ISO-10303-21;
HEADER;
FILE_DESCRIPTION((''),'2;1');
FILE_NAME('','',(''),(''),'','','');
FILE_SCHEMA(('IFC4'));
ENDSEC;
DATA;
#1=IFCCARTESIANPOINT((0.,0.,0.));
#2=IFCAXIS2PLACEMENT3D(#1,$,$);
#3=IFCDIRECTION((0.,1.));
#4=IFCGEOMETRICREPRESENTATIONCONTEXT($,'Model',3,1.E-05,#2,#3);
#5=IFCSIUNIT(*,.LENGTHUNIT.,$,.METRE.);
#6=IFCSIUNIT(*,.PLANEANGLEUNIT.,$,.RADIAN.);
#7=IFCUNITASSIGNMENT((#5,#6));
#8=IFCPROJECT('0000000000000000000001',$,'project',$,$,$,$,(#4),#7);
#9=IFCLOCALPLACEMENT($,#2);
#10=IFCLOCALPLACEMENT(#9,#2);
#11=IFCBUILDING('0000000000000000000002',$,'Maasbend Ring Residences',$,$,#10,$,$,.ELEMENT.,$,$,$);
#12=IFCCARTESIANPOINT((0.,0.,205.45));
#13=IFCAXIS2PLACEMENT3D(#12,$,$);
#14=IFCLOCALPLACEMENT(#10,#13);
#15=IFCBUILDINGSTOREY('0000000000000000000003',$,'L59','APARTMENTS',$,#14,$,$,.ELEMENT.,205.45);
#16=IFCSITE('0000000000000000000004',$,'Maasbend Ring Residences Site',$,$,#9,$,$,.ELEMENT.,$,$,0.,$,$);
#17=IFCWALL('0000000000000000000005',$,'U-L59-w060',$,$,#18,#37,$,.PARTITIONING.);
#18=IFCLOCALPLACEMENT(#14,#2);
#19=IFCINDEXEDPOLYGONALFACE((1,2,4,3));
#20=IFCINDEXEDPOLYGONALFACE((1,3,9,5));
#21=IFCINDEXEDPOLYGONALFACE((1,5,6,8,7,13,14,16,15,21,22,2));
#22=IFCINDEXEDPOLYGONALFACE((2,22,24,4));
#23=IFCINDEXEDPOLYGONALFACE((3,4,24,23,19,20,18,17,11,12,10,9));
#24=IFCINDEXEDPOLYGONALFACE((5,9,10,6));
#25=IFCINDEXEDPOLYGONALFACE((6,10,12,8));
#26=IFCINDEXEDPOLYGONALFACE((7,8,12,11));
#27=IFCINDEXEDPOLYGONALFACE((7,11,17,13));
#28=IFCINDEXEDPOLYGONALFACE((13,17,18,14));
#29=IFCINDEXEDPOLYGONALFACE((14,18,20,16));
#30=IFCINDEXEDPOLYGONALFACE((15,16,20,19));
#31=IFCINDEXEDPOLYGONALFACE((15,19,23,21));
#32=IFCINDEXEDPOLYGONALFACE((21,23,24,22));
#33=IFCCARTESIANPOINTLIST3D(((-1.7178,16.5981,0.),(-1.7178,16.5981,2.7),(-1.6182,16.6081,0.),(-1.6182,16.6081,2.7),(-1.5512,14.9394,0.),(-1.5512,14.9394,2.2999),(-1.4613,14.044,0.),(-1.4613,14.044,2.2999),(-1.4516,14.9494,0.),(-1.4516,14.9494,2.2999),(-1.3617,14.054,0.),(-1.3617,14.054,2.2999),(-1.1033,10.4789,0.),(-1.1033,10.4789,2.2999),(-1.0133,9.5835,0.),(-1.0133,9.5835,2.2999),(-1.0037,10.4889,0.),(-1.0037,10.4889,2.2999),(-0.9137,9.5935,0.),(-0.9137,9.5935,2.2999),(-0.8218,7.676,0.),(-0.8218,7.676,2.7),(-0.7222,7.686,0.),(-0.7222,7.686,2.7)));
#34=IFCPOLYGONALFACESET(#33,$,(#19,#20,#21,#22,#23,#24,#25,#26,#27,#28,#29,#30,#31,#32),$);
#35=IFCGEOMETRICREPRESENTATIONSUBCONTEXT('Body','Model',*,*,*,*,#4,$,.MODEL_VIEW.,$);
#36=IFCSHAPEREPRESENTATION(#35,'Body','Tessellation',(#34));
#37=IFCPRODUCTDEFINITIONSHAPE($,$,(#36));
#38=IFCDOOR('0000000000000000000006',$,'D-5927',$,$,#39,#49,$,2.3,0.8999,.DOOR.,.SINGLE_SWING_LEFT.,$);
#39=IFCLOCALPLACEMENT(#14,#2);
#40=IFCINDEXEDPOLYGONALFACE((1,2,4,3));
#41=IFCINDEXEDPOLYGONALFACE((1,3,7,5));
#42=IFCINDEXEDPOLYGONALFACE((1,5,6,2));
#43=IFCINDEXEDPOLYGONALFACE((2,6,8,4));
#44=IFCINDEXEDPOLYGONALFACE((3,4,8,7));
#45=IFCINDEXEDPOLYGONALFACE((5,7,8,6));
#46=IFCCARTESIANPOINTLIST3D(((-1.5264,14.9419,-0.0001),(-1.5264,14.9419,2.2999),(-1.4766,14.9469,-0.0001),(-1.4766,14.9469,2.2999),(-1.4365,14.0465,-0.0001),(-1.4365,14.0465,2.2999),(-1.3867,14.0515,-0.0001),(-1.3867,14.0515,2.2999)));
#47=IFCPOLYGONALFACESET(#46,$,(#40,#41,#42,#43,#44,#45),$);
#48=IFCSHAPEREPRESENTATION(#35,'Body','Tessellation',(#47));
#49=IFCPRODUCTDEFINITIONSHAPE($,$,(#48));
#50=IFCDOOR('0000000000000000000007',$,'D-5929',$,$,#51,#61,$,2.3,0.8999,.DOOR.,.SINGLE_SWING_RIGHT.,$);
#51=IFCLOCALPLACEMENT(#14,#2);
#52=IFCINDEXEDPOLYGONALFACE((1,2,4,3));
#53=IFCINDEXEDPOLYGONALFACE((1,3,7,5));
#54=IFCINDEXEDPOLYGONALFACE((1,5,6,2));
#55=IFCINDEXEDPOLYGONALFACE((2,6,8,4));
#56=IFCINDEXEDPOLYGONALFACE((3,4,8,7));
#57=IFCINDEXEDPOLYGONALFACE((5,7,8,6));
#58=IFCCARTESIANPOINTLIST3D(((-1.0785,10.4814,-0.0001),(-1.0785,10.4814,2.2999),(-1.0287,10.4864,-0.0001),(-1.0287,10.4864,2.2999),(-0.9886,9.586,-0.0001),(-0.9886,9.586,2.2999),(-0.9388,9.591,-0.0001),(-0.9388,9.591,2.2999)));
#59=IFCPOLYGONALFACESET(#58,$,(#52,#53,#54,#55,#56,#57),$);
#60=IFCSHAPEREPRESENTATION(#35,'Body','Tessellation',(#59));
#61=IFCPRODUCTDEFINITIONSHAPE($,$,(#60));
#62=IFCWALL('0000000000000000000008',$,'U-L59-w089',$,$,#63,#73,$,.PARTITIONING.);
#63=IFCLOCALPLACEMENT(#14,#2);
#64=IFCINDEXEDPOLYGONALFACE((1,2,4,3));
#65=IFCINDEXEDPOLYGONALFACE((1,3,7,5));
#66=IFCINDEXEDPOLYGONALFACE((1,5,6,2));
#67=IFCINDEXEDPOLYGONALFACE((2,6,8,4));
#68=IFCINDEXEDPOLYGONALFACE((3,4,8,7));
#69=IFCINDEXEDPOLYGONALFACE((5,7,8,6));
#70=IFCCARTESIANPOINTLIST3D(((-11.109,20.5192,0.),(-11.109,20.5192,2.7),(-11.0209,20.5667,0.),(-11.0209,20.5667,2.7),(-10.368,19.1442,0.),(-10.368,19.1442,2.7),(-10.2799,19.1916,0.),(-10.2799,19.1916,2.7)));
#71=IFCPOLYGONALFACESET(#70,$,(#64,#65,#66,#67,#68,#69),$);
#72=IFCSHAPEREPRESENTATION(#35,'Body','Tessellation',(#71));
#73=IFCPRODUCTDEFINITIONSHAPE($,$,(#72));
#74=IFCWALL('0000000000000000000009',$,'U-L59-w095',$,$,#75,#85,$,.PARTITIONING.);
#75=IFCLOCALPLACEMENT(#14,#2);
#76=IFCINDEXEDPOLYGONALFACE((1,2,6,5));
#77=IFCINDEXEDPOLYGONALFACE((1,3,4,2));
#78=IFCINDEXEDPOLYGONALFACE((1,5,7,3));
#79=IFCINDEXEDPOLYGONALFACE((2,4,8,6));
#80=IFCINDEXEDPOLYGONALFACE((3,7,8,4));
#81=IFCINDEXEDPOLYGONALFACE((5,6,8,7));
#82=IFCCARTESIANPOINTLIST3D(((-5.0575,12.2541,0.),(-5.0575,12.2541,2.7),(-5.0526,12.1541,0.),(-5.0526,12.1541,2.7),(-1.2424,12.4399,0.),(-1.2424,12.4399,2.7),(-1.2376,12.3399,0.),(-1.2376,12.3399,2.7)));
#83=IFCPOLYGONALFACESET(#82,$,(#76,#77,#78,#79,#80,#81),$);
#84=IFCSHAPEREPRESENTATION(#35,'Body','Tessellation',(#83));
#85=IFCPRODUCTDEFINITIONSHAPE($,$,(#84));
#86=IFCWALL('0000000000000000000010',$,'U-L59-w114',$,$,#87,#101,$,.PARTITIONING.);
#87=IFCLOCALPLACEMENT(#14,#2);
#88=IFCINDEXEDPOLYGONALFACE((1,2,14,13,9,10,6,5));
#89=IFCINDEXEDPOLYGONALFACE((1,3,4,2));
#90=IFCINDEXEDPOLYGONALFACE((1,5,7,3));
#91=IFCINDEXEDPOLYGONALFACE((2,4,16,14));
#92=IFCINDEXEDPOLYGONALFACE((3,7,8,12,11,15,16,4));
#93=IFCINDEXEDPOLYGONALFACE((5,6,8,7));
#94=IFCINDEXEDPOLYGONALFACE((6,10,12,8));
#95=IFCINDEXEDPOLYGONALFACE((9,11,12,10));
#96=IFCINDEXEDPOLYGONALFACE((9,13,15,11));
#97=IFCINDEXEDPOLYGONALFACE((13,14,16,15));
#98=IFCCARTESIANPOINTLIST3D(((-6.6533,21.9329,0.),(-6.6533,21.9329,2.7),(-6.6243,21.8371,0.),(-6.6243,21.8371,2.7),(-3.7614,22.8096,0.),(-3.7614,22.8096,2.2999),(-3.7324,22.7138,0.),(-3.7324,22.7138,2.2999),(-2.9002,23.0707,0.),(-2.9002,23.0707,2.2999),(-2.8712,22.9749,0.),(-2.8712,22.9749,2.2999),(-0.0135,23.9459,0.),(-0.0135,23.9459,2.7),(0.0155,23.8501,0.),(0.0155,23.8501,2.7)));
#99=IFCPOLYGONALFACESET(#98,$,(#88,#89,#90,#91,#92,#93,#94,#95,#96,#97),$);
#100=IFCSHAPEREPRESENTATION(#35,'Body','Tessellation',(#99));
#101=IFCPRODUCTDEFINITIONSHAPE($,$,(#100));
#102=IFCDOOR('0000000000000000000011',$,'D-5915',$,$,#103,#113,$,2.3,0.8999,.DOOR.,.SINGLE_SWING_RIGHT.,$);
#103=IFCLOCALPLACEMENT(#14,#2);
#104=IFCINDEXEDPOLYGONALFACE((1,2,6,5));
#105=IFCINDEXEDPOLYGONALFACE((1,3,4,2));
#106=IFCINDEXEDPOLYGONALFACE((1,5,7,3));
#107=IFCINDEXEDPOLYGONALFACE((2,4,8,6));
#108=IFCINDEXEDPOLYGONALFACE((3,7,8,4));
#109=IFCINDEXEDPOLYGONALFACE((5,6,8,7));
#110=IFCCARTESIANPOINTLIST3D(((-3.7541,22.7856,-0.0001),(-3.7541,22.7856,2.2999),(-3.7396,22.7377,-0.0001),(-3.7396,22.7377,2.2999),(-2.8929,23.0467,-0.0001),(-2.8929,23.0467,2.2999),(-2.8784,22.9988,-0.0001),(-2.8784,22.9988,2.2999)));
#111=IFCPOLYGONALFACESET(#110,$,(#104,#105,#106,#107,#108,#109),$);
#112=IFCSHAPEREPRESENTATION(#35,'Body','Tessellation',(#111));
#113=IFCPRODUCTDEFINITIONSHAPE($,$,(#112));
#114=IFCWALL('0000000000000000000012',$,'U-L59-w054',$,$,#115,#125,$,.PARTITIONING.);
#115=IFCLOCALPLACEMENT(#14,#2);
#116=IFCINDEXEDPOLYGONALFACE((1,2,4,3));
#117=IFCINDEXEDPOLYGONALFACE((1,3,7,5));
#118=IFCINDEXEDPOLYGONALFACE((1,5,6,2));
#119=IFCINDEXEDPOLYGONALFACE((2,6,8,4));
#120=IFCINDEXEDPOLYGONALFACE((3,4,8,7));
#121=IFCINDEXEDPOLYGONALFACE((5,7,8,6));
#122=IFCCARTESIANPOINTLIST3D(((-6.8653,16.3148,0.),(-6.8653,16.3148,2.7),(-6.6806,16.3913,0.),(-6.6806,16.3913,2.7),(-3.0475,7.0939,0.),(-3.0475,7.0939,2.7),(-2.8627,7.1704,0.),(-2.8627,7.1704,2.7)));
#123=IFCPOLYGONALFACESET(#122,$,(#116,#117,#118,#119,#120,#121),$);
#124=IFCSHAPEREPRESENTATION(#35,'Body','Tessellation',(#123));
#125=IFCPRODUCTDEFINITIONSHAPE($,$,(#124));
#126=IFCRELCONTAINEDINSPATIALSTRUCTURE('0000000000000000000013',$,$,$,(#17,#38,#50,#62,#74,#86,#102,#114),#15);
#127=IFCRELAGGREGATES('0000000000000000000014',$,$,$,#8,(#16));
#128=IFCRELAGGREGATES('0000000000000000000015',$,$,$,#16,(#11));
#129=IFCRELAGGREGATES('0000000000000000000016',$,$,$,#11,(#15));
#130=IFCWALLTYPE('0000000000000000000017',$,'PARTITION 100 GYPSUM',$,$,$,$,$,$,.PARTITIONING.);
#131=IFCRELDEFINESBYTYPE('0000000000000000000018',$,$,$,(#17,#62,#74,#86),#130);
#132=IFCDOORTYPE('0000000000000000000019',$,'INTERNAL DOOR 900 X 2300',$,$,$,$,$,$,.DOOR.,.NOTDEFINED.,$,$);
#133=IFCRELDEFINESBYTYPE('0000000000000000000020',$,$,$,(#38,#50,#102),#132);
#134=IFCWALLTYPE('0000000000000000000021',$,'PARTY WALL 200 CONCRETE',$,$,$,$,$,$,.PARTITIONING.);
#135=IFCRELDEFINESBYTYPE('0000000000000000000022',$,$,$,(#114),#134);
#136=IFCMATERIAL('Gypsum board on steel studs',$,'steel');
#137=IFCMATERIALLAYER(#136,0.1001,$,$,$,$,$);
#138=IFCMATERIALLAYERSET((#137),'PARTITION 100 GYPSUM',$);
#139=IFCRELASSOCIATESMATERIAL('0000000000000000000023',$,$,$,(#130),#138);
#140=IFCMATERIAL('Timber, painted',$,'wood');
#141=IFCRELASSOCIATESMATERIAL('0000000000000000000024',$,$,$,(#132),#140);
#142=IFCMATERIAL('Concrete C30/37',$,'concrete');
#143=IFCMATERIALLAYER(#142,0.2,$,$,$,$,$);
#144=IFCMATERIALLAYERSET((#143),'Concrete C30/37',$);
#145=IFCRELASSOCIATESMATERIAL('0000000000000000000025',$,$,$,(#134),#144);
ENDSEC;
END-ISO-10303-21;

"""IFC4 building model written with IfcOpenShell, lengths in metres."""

from ifc_helpers import new_model, si_unit, direction, frame, frame_2d, origin, place, context, subcontext, project, spatial, rectangle, extrude, material, layer, layer_set, type_object, element, fill, save


model = new_model("IFC4")

# Units and contexts
model_context = context("Model", 3, precision=1e-05, world=origin(), true_north=direction((0.0, 1.0)))
body_context = subcontext(model_context, "Body", "Model", "MODEL_VIEW")
ifc_project = project(units=[si_unit("LENGTHUNIT", "METRE"), si_unit("PLANEANGLEUNIT", "RADIAN")], contexts=[model_context])

# Site, building, storey
site_placement = place(None, origin())
site = spatial("IfcSite", under=ifc_project, at=site_placement, Name="Maasbend Ring Residences Site", CompositionType="ELEMENT", RefElevation=0.0)
building_placement = place(site_placement, origin())
building = spatial("IfcBuilding", under=site, at=building_placement, Name="Maasbend Ring Residences", CompositionType="ELEMENT")
storey_placement = place(building_placement, frame((0.0, 0.0, 205.45)))
storey = spatial("IfcBuildingStorey", under=building, at=storey_placement, Name="L59", Description="APARTMENTS", CompositionType="ELEMENT", Elevation=205.45)

# Shared definitions
ifc_material_1 = material(Name="Gypsum board on steel studs", Category="steel")
ifc_layer_1 = layer(ifc_material_1, 0.1001)
ifc_layer_set_1 = layer_set([ifc_layer_1], Name="PARTITION 100 GYPSUM")
wall_type_1 = type_object("IfcWallType", Name="PARTITION 100 GYPSUM", PredefinedType="PARTITIONING", material=ifc_layer_set_1)
ifc_material_2 = material(Name="Timber, painted", Category="wood")
door_type_1 = type_object("IfcDoorType", Name="INTERNAL DOOR 900 X 2300", OperationType="NOTDEFINED", PredefinedType="DOOR", material=ifc_material_2)

# Wall, openings, doors
wall_1_placement = place(storey_placement, frame((-1.668, 16.603, 0.0), z_axis=(0.0, 0.0, 1.0), x_axis=(0.099922, -0.994995, 0.0)))
wall_1 = element("IfcWall", 1, at=wall_1_placement, inside=storey, type_object=wall_type_1, Name="U-L59-w060", PredefinedType="PARTITIONING", context=body_context, shape_type="SweptSolid", body=[
    extrude(rectangle(XDim=8.967, YDim=0.1001, at=frame_2d((4.4834, 0.0))), origin(), (0.0, 0.0, 1.0), 2.7),
])
opening_1_placement = place(wall_1_placement, frame((1.667, 0.0, 0.0)))
opening_1 = element("IfcOpeningElement", 2, at=opening_1_placement, cuts=wall_1, PredefinedType="OPENING", context=body_context, shape_type="SweptSolid", body=[
    extrude(rectangle(XDim=0.8999, YDim=2.3, at=frame_2d((0.45, 1.1499))), frame((0.0, 0.0601, 0.0), z_axis=(0.0, -1.0, 0.0), x_axis=(1.0, 0.0, 0.0)), (0.0, 0.0, 1.0), 0.1201),
])
opening_2_placement = place(wall_1_placement, frame((6.1499, 0.0, 0.0)))
opening_2 = element("IfcOpeningElement", 3, at=opening_2_placement, cuts=wall_1, PredefinedType="OPENING", context=body_context, shape_type="SweptSolid", body=[
    extrude(rectangle(XDim=0.8999, YDim=2.3, at=frame_2d((0.45, 1.1499))), frame((0.0, 0.0601, 0.0), z_axis=(0.0, -1.0, 0.0), x_axis=(1.0, 0.0, 0.0)), (0.0, 0.0, 1.0), 0.1201),
])
door_1_placement = place(opening_1_placement, origin())
door_1 = element("IfcDoor", 4, at=door_1_placement, inside=storey, type_object=door_type_1, Name="D-5927", OperationType="SINGLE_SWING_LEFT", OverallHeight=2.3, OverallWidth=0.8999, PredefinedType="DOOR", context=body_context, shape_type="SweptSolid", body=[
    extrude(rectangle(XDim=0.8999, YDim=2.3, at=frame_2d((0.45, 1.1499))), frame((0.0, 0.0249, 0.0), z_axis=(0.0, -1.0, 0.0), x_axis=(1.0, 0.0, 0.0)), (0.0, 0.0, 1.0), 0.05),
])
fill(opening_1, door_1)
door_2_placement = place(opening_2_placement, origin())
door_2 = element("IfcDoor", 5, at=door_2_placement, inside=storey, type_object=door_type_1, Name="D-5929", OperationType="SINGLE_SWING_RIGHT", OverallHeight=2.3, OverallWidth=0.8999, PredefinedType="DOOR", context=body_context, shape_type="SweptSolid", body=[
    extrude(rectangle(XDim=0.8999, YDim=2.3, at=frame_2d((0.45, 1.1499))), frame((0.0, 0.0249, 0.0), z_axis=(0.0, -1.0, 0.0), x_axis=(1.0, 0.0, 0.0)), (0.0, 0.0, 1.0), 0.05),
])
fill(opening_2, door_2)

# Walls
wall_2_placement = place(storey_placement, frame((-11.0649, 20.543, 0.0), z_axis=(0.0, 0.0, 1.0), x_axis=(0.474389, -0.880315, 0.0)))
element("IfcWall", 6, at=wall_2_placement, inside=storey, type_object=wall_type_1, Name="U-L59-w089", PredefinedType="PARTITIONING", context=body_context, shape_type="SweptSolid", body=[
    extrude(rectangle(XDim=1.562, YDim=0.1001, at=frame_2d((0.781, 0.0))), origin(), (0.0, 0.0, 1.0), 2.7),
])
wall_3_placement = place(storey_placement, frame((-5.0549, 12.2041, 0.0), z_axis=(0.0, 0.0, 1.0), x_axis=(0.998816, 0.048643, 0.0)))
element("IfcWall", 7, at=wall_3_placement, inside=storey, type_object=wall_type_1, Name="U-L59-w095", PredefinedType="PARTITIONING", context=body_context, shape_type="SweptSolid", body=[
    extrude(rectangle(XDim=3.8196, YDim=0.1001, at=frame_2d((1.9097, 0.0))), origin(), (0.0, 0.0, 1.0), 2.7),
])

# Wall, opening, door
wall_4_placement = place(storey_placement, frame((-6.6389, 21.885, 0.0), z_axis=(0.0, 0.0, 1.0), x_axis=(0.95699, 0.29012, 0.0)))
wall_4 = element("IfcWall", 8, at=wall_4_placement, inside=storey, type_object=wall_type_1, Name="U-L59-w114", PredefinedType="PARTITIONING", context=body_context, shape_type="SweptSolid", body=[
    extrude(rectangle(XDim=6.9382, YDim=0.1001, at=frame_2d((3.4692, 0.0))), origin(), (0.0, 0.0, 1.0), 2.7),
])
opening_3_placement = place(wall_4_placement, frame((3.022, 0.0, 0.0)))
opening_3 = element("IfcOpeningElement", 9, at=opening_3_placement, cuts=wall_4, PredefinedType="OPENING", context=body_context, shape_type="SweptSolid", body=[
    extrude(rectangle(XDim=0.8999, YDim=2.3, at=frame_2d((0.45, 1.1499))), frame((0.0, 0.0601, 0.0), z_axis=(0.0, -1.0, 0.0), x_axis=(1.0, 0.0, 0.0)), (0.0, 0.0, 1.0), 0.1201),
])
door_3_placement = place(opening_3_placement, origin())
door_3 = element("IfcDoor", 10, at=door_3_placement, inside=storey, type_object=door_type_1, Name="D-5915", OperationType="SINGLE_SWING_RIGHT", OverallHeight=2.3, OverallWidth=0.8999, PredefinedType="DOOR", context=body_context, shape_type="SweptSolid", body=[
    extrude(rectangle(XDim=0.8999, YDim=2.3, at=frame_2d((0.45, 1.1499))), frame((0.0, 0.0249, 0.0), z_axis=(0.0, -1.0, 0.0), x_axis=(1.0, 0.0, 0.0)), (0.0, 0.0, 1.0), 0.05),
])
fill(opening_3, door_3)

# Wall
ifc_material_3 = material(Name="Concrete C30/37", Category="concrete")
ifc_layer_2 = layer(ifc_material_3, 0.2)
ifc_layer_set_2 = layer_set([ifc_layer_2], Name="Concrete C30/37")
wall_type_2 = type_object("IfcWallType", Name="PARTY WALL 200 CONCRETE", PredefinedType="PARTITIONING", material=ifc_layer_set_2)
wall_5_placement = place(storey_placement, frame((-6.7729, 16.353, 0.0), z_axis=(0.0, 0.0, 1.0), x_axis=(0.382549, -0.923935, 0.0)))
element("IfcWall", 11, at=wall_5_placement, inside=storey, type_object=wall_type_2, Name="U-L59-w054", PredefinedType="PARTITIONING", context=body_context, shape_type="SweptSolid", body=[
    extrude(rectangle(XDim=9.98, YDim=0.2, at=frame_2d((4.99, 0.0))), origin(), (0.0, 0.0, 1.0), 2.7),
])

save(model, "model.ifc")
